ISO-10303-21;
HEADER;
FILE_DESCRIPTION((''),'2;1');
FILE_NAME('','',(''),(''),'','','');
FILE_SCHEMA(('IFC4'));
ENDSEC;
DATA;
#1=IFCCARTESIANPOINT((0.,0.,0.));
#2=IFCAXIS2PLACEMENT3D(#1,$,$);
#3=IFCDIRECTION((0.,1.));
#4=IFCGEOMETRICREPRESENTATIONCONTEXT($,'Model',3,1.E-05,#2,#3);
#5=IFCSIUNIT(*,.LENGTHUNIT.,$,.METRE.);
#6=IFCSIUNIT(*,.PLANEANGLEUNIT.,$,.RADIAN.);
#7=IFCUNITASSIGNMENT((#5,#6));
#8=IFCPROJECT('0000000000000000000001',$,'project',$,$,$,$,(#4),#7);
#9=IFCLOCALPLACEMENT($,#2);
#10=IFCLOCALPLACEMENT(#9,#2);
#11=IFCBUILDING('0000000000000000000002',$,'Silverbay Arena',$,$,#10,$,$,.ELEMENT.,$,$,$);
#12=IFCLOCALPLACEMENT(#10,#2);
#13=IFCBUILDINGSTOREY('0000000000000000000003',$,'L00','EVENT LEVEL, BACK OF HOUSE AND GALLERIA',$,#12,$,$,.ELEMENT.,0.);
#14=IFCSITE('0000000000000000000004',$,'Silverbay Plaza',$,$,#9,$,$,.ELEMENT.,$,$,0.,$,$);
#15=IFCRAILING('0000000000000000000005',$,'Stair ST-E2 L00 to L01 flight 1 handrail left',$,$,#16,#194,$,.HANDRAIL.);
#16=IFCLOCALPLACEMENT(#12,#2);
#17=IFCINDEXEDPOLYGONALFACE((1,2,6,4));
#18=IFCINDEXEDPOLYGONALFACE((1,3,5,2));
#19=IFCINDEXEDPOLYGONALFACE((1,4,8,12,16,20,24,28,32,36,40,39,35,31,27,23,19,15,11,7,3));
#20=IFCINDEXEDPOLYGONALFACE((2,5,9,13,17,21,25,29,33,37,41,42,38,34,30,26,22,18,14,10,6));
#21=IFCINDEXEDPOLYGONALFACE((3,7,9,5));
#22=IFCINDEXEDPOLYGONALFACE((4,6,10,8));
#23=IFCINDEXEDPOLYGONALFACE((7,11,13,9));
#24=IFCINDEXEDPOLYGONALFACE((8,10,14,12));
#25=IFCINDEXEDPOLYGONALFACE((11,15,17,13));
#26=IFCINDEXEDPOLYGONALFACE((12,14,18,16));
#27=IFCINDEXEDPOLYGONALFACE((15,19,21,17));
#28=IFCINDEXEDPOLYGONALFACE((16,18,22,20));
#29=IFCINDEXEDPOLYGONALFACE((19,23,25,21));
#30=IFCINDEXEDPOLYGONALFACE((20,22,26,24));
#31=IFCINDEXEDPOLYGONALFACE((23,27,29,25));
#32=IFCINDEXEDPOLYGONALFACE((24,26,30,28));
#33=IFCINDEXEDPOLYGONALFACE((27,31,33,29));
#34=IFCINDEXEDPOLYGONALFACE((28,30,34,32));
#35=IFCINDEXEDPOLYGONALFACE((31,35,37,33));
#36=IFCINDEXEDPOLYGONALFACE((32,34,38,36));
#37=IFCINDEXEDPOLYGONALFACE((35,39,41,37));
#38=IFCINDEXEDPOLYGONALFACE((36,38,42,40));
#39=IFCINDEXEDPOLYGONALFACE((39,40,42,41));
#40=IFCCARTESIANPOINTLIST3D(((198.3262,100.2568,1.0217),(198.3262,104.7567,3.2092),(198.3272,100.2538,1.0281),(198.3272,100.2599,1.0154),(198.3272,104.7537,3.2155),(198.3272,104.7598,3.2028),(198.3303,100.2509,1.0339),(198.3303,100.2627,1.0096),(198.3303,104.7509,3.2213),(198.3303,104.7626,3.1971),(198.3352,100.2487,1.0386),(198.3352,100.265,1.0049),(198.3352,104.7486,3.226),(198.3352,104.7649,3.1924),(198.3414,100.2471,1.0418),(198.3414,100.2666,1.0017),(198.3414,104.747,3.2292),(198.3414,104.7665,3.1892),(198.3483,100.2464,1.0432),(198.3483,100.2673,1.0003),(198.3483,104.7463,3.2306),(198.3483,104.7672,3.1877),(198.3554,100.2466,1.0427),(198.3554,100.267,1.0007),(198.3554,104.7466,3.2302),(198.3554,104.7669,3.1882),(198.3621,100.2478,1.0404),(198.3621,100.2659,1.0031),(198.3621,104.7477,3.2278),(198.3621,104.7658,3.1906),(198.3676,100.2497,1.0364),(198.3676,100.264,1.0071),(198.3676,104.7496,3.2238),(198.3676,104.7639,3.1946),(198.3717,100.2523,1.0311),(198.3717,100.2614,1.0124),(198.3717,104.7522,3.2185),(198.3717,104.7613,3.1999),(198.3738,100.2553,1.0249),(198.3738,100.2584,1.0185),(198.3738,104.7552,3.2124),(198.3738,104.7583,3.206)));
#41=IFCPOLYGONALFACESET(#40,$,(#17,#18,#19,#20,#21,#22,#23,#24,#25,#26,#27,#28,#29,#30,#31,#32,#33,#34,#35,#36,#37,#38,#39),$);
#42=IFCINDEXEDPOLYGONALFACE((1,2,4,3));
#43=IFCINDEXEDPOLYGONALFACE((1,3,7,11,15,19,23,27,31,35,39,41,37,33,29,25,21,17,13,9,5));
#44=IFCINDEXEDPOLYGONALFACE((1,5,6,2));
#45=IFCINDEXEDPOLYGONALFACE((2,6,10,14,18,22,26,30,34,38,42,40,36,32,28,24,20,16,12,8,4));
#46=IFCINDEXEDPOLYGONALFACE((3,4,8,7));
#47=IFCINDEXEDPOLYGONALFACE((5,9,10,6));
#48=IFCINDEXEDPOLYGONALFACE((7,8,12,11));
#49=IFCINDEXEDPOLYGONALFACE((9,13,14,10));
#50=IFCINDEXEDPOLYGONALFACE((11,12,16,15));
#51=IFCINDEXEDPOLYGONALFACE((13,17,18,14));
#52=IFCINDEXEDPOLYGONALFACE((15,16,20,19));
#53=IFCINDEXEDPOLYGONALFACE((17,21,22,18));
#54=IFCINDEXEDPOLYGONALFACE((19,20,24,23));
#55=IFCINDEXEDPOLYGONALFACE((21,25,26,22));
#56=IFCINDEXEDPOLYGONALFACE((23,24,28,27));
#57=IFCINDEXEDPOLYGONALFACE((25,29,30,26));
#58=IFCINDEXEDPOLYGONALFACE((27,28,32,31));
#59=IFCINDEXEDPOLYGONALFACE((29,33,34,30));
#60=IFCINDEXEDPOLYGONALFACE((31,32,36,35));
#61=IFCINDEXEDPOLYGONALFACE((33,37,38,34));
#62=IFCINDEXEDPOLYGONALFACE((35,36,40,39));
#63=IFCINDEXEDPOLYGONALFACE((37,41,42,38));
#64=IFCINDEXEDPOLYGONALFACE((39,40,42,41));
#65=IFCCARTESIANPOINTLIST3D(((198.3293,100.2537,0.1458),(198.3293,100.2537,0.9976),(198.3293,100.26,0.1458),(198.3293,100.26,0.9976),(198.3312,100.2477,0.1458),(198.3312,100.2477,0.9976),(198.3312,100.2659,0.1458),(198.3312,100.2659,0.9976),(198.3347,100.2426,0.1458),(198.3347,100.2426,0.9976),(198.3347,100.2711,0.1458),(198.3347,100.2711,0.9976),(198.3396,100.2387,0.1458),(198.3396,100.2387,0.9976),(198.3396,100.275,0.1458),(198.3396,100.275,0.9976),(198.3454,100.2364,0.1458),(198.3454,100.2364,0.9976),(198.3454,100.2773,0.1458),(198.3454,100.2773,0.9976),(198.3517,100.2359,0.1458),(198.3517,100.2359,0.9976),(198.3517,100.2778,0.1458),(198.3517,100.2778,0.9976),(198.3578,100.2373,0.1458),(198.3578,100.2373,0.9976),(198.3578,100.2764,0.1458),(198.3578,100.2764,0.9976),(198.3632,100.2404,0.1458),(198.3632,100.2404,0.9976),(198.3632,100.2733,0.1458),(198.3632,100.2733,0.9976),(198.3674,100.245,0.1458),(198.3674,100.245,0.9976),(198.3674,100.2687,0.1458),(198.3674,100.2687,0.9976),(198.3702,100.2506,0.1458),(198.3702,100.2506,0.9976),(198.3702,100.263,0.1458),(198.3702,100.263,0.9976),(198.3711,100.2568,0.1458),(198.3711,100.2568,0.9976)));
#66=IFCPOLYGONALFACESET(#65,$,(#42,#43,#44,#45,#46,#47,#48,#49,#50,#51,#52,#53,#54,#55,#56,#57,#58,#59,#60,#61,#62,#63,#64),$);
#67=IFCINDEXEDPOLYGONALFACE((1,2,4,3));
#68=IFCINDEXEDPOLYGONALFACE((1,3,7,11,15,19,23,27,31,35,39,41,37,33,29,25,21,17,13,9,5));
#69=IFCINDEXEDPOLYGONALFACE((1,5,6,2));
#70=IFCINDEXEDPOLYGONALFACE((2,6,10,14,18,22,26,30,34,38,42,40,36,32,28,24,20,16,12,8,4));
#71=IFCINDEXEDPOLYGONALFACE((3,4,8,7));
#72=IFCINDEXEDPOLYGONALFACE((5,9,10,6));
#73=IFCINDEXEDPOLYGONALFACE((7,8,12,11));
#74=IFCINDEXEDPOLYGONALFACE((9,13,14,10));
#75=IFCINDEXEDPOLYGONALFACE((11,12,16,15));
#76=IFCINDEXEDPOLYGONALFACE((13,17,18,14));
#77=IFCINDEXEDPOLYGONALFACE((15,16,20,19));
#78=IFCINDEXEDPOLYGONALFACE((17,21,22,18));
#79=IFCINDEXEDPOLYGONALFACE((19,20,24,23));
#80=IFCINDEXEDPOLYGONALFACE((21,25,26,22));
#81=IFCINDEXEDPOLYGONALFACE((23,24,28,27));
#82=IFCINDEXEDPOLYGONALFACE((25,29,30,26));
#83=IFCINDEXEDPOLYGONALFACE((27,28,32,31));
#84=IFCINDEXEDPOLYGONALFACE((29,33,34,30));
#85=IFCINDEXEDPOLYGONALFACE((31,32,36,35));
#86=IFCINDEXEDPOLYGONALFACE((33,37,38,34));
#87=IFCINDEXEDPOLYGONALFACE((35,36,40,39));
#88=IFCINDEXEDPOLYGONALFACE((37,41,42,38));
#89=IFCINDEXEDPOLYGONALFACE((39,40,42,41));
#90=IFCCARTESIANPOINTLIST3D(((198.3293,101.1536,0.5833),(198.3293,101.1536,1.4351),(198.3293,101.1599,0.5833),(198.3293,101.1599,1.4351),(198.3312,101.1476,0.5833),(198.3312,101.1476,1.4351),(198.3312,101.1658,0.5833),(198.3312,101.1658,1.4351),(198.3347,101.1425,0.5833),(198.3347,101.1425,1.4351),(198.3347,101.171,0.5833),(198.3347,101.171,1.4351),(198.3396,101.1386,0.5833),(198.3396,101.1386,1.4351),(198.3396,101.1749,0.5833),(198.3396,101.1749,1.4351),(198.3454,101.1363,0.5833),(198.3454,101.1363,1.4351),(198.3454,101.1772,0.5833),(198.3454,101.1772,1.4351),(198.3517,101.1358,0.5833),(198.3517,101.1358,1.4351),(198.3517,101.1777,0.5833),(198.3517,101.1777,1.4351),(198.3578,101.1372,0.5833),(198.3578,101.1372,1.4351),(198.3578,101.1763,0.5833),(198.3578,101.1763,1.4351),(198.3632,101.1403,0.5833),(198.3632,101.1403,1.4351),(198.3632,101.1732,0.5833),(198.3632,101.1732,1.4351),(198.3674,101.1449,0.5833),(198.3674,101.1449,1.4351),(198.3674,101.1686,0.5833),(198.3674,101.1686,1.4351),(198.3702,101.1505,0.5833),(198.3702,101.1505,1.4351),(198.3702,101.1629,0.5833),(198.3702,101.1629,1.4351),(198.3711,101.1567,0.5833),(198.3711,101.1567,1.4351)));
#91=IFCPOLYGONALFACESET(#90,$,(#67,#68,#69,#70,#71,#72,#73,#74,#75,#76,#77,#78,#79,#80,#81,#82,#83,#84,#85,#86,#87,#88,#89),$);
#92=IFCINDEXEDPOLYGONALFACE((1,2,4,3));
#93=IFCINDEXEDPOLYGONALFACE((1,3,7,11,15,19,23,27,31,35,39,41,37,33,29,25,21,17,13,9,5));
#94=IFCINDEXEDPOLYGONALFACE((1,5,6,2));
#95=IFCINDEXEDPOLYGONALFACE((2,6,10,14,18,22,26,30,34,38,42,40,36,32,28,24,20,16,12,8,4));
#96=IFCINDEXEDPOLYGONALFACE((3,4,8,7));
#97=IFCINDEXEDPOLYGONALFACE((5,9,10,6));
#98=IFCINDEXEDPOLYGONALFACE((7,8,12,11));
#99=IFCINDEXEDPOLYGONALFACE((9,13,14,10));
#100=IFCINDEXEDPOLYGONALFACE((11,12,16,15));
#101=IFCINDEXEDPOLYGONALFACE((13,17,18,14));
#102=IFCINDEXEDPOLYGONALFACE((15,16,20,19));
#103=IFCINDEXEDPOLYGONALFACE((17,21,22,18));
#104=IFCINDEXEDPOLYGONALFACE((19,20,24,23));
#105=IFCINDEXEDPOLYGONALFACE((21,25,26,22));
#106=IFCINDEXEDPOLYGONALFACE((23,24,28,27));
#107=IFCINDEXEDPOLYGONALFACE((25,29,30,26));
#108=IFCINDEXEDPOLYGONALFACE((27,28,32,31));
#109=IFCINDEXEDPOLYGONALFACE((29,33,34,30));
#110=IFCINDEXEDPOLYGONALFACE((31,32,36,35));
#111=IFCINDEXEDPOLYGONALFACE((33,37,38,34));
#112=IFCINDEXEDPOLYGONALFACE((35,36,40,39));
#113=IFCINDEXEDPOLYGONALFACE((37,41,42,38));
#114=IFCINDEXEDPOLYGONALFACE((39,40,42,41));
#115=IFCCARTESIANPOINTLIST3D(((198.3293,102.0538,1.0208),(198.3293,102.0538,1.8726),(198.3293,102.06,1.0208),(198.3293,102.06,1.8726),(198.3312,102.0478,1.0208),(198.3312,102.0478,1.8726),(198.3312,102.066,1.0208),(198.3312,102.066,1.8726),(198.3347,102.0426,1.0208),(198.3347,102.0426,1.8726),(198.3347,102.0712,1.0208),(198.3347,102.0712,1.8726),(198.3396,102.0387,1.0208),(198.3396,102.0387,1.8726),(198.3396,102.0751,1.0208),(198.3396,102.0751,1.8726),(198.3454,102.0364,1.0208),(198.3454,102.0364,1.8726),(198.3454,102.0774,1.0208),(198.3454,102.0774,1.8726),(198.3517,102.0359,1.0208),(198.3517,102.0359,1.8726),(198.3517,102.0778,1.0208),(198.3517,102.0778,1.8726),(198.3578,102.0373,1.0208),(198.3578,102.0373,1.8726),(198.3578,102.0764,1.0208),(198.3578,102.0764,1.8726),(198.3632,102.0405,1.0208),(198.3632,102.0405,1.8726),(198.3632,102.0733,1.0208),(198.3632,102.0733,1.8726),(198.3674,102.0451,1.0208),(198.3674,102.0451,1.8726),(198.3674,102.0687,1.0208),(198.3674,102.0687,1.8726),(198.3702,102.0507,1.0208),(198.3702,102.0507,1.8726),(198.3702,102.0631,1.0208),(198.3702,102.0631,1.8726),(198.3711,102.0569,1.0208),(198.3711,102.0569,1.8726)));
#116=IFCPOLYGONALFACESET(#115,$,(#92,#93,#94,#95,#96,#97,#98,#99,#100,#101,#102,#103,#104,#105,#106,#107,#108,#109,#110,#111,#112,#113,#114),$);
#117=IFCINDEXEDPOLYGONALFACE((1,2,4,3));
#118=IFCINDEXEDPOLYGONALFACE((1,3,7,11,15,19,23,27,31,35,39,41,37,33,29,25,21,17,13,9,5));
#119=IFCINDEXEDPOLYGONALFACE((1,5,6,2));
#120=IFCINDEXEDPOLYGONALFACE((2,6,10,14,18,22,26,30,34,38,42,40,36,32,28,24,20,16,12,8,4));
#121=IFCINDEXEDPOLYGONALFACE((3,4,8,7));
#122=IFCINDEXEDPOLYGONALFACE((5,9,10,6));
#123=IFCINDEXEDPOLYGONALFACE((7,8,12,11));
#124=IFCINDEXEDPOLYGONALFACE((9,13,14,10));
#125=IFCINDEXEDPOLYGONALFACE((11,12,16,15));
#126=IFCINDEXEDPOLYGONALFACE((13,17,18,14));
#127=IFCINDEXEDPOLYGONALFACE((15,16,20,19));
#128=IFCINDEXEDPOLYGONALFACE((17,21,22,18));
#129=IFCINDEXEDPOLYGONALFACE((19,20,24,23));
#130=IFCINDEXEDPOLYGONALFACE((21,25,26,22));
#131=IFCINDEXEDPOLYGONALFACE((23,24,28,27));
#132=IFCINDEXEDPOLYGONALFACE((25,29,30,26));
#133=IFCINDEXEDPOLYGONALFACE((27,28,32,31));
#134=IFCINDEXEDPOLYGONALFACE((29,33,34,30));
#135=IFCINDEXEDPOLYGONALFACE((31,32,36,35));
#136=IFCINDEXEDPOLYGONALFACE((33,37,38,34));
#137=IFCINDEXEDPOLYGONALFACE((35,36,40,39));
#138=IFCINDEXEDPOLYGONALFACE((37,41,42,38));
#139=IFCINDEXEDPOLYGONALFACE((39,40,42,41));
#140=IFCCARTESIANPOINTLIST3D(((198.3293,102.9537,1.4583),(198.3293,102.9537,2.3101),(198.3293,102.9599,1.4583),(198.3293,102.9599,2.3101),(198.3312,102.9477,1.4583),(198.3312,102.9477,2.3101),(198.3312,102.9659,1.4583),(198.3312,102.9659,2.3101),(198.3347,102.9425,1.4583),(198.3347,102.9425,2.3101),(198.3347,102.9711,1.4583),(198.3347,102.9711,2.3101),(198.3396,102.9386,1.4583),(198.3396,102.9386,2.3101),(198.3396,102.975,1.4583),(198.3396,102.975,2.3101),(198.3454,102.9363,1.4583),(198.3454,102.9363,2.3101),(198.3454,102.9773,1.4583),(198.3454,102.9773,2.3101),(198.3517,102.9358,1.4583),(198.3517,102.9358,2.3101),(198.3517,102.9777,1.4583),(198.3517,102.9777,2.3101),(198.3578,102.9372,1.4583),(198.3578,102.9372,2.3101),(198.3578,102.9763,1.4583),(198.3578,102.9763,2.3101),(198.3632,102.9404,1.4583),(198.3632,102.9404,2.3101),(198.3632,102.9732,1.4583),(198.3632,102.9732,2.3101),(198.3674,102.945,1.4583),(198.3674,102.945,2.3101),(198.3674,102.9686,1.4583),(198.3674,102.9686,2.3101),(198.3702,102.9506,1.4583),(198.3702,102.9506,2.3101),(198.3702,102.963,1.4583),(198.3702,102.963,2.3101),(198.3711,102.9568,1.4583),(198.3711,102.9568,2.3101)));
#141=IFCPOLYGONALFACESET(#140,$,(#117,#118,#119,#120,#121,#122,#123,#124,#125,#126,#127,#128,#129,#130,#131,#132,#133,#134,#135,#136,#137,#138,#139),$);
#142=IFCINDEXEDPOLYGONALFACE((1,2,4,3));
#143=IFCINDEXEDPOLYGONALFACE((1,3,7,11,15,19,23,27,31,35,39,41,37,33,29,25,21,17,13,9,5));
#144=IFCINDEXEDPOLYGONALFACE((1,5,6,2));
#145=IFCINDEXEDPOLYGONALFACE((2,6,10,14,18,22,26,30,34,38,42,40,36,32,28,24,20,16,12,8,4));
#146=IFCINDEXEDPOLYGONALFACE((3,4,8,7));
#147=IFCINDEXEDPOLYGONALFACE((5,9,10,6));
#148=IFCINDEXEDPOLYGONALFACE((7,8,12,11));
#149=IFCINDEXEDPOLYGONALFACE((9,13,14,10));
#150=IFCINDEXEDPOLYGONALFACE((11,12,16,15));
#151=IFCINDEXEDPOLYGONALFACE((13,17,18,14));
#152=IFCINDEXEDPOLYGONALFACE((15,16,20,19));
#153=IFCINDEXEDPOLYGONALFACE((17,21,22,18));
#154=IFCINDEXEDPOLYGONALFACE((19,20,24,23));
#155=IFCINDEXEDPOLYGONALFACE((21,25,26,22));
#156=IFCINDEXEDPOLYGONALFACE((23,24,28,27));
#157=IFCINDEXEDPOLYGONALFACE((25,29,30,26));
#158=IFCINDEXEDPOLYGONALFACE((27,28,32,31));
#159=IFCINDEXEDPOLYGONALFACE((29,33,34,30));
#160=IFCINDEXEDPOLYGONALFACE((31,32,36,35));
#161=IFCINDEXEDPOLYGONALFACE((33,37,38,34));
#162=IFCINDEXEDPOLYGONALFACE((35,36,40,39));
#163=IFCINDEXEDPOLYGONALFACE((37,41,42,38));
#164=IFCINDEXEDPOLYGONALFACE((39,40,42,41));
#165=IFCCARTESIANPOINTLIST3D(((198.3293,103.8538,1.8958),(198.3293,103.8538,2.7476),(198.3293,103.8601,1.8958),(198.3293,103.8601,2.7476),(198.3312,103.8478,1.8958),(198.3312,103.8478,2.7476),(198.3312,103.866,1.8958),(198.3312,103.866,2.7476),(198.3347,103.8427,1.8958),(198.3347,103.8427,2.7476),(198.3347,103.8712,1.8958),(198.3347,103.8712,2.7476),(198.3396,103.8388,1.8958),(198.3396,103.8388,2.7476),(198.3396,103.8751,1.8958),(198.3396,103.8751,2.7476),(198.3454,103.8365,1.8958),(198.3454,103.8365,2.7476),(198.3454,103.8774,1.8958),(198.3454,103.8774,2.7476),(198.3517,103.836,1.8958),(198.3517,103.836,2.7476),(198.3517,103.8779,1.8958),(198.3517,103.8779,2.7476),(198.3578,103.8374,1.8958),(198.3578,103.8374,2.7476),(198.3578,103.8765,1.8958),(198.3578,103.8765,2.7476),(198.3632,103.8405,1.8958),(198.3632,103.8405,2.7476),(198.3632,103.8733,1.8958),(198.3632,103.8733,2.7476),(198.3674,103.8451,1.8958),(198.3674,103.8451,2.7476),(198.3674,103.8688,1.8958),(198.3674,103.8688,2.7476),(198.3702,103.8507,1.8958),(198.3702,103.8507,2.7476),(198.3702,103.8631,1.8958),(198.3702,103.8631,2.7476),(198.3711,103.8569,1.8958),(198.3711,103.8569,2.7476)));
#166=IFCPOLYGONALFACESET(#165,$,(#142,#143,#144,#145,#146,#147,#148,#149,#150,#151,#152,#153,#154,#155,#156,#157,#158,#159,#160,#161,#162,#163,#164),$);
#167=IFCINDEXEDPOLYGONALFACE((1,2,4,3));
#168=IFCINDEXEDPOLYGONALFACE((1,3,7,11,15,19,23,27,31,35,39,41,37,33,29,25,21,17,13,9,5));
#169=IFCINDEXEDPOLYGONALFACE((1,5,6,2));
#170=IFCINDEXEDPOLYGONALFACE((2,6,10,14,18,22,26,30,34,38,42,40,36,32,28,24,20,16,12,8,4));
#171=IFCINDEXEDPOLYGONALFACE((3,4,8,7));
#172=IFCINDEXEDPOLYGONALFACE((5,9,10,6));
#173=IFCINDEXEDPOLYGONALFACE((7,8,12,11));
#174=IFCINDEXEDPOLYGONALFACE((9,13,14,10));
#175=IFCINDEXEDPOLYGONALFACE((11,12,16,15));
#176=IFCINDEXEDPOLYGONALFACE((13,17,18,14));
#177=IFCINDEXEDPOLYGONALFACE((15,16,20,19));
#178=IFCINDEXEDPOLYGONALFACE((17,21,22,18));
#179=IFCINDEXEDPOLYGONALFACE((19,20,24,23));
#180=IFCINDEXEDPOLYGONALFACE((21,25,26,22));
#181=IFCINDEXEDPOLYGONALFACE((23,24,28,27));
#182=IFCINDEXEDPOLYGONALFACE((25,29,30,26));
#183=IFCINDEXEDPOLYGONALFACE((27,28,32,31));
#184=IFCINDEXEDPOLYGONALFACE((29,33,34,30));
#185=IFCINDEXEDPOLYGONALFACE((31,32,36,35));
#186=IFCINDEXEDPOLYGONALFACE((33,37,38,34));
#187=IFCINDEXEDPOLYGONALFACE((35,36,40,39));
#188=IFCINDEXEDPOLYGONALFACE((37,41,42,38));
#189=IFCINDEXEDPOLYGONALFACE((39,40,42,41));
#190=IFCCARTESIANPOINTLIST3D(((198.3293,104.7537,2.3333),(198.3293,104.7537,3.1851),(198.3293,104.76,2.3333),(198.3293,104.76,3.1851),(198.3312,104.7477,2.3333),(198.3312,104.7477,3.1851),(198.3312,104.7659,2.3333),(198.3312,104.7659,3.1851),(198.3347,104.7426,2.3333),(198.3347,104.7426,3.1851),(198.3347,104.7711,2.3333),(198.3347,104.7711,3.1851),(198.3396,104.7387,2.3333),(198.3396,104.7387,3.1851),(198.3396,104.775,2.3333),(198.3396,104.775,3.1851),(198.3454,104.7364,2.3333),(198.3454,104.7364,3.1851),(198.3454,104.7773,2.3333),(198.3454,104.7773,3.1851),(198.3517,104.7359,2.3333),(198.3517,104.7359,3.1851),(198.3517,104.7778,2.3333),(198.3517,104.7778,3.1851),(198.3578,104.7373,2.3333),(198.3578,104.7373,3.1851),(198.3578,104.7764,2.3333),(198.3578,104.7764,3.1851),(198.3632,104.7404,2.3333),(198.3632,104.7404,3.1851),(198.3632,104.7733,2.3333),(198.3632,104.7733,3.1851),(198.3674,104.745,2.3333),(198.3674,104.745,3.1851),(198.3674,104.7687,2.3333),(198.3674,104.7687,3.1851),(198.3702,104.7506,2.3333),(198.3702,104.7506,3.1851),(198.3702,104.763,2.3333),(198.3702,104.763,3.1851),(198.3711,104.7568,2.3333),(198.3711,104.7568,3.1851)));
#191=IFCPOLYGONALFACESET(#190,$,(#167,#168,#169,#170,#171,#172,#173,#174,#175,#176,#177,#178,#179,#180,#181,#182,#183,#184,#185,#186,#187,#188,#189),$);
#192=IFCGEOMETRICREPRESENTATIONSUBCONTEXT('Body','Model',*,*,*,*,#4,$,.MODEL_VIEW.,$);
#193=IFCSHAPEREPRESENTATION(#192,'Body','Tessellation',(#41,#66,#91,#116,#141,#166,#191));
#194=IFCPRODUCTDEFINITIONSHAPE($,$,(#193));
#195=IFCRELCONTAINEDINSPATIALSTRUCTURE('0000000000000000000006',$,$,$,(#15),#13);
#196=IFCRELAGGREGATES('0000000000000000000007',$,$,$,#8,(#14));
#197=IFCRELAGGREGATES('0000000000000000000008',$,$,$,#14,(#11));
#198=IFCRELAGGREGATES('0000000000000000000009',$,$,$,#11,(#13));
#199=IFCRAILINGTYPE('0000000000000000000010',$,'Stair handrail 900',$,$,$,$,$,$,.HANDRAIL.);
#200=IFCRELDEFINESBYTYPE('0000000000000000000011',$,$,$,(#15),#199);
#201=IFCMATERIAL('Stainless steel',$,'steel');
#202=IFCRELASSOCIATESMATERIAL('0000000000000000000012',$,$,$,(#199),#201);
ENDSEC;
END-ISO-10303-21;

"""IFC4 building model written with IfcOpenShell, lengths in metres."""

from ifc_helpers import new_model, si_unit, direction, frame, origin, origin_2d, place, context, subcontext, project, spatial, circle, extrude, material, type_object, element, save


model = new_model("IFC4")

# Units and contexts
model_context = context("Model", 3, precision=1e-05, world=origin(), true_north=direction((0.0, 1.0)))
body_context = subcontext(model_context, "Body", "Model", "MODEL_VIEW")
ifc_project = project(units=[si_unit("LENGTHUNIT", "METRE"), si_unit("PLANEANGLEUNIT", "RADIAN")], contexts=[model_context])

# Site, building, storey
site_placement = place(None, origin())
site = spatial("IfcSite", under=ifc_project, at=site_placement, Name="Silverbay Plaza", CompositionType="ELEMENT", RefElevation=0.0)
building_placement = place(site_placement, origin())
building = spatial("IfcBuilding", under=site, at=building_placement, Name="Silverbay Arena", CompositionType="ELEMENT")
storey_placement = place(building_placement, origin())
storey = spatial("IfcBuildingStorey", under=building, at=storey_placement, Name="L00", Description="EVENT LEVEL, BACK OF HOUSE AND GALLERIA", CompositionType="ELEMENT", Elevation=0.0)

# Railing
ifc_material_1 = material(Name="Stainless steel", Category="steel")
railing_type = type_object("IfcRailingType", Name="Stair handrail 900", PredefinedType="HANDRAIL", material=ifc_material_1)
for number, where, name in (
    (1, (198.3501, 100.2568, 0.1458), "Stair ST-E2 L00 to L01 flight 1 handrail left"),
):
    element("IfcRailing", number, at=place(storey_placement, frame(where)), inside=storey, type_object=railing_type, Name=name, PredefinedType="HANDRAIL", context=body_context, shape_type="SweptSolid", body=[
        extrude(circle(Radius=0.0239, at=origin_2d()), frame((0.0, 0.0, 0.876), z_axis=(0.0, 0.899368, 0.437193), x_axis=(-1.0, 0.0, 0.0)), (0.0, 0.0, 1.0), 5.0034),
        extrude(circle(Radius=0.021, at=origin_2d()), origin(), (0.0, 0.0, 1.0), 0.8518),
        extrude(circle(Radius=0.021, at=origin_2d()), frame((0.0, 0.8999, 0.4375)), (0.0, 0.0, 1.0), 0.8518),
        extrude(circle(Radius=0.021, at=origin_2d()), frame((0.0, 1.8, 0.875)), (0.0, 0.0, 1.0), 0.8518),
        extrude(circle(Radius=0.021, at=origin_2d()), frame((0.0, 2.7, 1.3125)), (0.0, 0.0, 1.0), 0.8518),
        extrude(circle(Radius=0.021, at=origin_2d()), frame((0.0, 3.6001, 1.75)), (0.0, 0.0, 1.0), 0.8518),
        extrude(circle(Radius=0.021, at=origin_2d()), frame((0.0, 4.5, 2.1875)), (0.0, 0.0, 1.0), 0.8518),
    ])

save(model, "model.ifc")
